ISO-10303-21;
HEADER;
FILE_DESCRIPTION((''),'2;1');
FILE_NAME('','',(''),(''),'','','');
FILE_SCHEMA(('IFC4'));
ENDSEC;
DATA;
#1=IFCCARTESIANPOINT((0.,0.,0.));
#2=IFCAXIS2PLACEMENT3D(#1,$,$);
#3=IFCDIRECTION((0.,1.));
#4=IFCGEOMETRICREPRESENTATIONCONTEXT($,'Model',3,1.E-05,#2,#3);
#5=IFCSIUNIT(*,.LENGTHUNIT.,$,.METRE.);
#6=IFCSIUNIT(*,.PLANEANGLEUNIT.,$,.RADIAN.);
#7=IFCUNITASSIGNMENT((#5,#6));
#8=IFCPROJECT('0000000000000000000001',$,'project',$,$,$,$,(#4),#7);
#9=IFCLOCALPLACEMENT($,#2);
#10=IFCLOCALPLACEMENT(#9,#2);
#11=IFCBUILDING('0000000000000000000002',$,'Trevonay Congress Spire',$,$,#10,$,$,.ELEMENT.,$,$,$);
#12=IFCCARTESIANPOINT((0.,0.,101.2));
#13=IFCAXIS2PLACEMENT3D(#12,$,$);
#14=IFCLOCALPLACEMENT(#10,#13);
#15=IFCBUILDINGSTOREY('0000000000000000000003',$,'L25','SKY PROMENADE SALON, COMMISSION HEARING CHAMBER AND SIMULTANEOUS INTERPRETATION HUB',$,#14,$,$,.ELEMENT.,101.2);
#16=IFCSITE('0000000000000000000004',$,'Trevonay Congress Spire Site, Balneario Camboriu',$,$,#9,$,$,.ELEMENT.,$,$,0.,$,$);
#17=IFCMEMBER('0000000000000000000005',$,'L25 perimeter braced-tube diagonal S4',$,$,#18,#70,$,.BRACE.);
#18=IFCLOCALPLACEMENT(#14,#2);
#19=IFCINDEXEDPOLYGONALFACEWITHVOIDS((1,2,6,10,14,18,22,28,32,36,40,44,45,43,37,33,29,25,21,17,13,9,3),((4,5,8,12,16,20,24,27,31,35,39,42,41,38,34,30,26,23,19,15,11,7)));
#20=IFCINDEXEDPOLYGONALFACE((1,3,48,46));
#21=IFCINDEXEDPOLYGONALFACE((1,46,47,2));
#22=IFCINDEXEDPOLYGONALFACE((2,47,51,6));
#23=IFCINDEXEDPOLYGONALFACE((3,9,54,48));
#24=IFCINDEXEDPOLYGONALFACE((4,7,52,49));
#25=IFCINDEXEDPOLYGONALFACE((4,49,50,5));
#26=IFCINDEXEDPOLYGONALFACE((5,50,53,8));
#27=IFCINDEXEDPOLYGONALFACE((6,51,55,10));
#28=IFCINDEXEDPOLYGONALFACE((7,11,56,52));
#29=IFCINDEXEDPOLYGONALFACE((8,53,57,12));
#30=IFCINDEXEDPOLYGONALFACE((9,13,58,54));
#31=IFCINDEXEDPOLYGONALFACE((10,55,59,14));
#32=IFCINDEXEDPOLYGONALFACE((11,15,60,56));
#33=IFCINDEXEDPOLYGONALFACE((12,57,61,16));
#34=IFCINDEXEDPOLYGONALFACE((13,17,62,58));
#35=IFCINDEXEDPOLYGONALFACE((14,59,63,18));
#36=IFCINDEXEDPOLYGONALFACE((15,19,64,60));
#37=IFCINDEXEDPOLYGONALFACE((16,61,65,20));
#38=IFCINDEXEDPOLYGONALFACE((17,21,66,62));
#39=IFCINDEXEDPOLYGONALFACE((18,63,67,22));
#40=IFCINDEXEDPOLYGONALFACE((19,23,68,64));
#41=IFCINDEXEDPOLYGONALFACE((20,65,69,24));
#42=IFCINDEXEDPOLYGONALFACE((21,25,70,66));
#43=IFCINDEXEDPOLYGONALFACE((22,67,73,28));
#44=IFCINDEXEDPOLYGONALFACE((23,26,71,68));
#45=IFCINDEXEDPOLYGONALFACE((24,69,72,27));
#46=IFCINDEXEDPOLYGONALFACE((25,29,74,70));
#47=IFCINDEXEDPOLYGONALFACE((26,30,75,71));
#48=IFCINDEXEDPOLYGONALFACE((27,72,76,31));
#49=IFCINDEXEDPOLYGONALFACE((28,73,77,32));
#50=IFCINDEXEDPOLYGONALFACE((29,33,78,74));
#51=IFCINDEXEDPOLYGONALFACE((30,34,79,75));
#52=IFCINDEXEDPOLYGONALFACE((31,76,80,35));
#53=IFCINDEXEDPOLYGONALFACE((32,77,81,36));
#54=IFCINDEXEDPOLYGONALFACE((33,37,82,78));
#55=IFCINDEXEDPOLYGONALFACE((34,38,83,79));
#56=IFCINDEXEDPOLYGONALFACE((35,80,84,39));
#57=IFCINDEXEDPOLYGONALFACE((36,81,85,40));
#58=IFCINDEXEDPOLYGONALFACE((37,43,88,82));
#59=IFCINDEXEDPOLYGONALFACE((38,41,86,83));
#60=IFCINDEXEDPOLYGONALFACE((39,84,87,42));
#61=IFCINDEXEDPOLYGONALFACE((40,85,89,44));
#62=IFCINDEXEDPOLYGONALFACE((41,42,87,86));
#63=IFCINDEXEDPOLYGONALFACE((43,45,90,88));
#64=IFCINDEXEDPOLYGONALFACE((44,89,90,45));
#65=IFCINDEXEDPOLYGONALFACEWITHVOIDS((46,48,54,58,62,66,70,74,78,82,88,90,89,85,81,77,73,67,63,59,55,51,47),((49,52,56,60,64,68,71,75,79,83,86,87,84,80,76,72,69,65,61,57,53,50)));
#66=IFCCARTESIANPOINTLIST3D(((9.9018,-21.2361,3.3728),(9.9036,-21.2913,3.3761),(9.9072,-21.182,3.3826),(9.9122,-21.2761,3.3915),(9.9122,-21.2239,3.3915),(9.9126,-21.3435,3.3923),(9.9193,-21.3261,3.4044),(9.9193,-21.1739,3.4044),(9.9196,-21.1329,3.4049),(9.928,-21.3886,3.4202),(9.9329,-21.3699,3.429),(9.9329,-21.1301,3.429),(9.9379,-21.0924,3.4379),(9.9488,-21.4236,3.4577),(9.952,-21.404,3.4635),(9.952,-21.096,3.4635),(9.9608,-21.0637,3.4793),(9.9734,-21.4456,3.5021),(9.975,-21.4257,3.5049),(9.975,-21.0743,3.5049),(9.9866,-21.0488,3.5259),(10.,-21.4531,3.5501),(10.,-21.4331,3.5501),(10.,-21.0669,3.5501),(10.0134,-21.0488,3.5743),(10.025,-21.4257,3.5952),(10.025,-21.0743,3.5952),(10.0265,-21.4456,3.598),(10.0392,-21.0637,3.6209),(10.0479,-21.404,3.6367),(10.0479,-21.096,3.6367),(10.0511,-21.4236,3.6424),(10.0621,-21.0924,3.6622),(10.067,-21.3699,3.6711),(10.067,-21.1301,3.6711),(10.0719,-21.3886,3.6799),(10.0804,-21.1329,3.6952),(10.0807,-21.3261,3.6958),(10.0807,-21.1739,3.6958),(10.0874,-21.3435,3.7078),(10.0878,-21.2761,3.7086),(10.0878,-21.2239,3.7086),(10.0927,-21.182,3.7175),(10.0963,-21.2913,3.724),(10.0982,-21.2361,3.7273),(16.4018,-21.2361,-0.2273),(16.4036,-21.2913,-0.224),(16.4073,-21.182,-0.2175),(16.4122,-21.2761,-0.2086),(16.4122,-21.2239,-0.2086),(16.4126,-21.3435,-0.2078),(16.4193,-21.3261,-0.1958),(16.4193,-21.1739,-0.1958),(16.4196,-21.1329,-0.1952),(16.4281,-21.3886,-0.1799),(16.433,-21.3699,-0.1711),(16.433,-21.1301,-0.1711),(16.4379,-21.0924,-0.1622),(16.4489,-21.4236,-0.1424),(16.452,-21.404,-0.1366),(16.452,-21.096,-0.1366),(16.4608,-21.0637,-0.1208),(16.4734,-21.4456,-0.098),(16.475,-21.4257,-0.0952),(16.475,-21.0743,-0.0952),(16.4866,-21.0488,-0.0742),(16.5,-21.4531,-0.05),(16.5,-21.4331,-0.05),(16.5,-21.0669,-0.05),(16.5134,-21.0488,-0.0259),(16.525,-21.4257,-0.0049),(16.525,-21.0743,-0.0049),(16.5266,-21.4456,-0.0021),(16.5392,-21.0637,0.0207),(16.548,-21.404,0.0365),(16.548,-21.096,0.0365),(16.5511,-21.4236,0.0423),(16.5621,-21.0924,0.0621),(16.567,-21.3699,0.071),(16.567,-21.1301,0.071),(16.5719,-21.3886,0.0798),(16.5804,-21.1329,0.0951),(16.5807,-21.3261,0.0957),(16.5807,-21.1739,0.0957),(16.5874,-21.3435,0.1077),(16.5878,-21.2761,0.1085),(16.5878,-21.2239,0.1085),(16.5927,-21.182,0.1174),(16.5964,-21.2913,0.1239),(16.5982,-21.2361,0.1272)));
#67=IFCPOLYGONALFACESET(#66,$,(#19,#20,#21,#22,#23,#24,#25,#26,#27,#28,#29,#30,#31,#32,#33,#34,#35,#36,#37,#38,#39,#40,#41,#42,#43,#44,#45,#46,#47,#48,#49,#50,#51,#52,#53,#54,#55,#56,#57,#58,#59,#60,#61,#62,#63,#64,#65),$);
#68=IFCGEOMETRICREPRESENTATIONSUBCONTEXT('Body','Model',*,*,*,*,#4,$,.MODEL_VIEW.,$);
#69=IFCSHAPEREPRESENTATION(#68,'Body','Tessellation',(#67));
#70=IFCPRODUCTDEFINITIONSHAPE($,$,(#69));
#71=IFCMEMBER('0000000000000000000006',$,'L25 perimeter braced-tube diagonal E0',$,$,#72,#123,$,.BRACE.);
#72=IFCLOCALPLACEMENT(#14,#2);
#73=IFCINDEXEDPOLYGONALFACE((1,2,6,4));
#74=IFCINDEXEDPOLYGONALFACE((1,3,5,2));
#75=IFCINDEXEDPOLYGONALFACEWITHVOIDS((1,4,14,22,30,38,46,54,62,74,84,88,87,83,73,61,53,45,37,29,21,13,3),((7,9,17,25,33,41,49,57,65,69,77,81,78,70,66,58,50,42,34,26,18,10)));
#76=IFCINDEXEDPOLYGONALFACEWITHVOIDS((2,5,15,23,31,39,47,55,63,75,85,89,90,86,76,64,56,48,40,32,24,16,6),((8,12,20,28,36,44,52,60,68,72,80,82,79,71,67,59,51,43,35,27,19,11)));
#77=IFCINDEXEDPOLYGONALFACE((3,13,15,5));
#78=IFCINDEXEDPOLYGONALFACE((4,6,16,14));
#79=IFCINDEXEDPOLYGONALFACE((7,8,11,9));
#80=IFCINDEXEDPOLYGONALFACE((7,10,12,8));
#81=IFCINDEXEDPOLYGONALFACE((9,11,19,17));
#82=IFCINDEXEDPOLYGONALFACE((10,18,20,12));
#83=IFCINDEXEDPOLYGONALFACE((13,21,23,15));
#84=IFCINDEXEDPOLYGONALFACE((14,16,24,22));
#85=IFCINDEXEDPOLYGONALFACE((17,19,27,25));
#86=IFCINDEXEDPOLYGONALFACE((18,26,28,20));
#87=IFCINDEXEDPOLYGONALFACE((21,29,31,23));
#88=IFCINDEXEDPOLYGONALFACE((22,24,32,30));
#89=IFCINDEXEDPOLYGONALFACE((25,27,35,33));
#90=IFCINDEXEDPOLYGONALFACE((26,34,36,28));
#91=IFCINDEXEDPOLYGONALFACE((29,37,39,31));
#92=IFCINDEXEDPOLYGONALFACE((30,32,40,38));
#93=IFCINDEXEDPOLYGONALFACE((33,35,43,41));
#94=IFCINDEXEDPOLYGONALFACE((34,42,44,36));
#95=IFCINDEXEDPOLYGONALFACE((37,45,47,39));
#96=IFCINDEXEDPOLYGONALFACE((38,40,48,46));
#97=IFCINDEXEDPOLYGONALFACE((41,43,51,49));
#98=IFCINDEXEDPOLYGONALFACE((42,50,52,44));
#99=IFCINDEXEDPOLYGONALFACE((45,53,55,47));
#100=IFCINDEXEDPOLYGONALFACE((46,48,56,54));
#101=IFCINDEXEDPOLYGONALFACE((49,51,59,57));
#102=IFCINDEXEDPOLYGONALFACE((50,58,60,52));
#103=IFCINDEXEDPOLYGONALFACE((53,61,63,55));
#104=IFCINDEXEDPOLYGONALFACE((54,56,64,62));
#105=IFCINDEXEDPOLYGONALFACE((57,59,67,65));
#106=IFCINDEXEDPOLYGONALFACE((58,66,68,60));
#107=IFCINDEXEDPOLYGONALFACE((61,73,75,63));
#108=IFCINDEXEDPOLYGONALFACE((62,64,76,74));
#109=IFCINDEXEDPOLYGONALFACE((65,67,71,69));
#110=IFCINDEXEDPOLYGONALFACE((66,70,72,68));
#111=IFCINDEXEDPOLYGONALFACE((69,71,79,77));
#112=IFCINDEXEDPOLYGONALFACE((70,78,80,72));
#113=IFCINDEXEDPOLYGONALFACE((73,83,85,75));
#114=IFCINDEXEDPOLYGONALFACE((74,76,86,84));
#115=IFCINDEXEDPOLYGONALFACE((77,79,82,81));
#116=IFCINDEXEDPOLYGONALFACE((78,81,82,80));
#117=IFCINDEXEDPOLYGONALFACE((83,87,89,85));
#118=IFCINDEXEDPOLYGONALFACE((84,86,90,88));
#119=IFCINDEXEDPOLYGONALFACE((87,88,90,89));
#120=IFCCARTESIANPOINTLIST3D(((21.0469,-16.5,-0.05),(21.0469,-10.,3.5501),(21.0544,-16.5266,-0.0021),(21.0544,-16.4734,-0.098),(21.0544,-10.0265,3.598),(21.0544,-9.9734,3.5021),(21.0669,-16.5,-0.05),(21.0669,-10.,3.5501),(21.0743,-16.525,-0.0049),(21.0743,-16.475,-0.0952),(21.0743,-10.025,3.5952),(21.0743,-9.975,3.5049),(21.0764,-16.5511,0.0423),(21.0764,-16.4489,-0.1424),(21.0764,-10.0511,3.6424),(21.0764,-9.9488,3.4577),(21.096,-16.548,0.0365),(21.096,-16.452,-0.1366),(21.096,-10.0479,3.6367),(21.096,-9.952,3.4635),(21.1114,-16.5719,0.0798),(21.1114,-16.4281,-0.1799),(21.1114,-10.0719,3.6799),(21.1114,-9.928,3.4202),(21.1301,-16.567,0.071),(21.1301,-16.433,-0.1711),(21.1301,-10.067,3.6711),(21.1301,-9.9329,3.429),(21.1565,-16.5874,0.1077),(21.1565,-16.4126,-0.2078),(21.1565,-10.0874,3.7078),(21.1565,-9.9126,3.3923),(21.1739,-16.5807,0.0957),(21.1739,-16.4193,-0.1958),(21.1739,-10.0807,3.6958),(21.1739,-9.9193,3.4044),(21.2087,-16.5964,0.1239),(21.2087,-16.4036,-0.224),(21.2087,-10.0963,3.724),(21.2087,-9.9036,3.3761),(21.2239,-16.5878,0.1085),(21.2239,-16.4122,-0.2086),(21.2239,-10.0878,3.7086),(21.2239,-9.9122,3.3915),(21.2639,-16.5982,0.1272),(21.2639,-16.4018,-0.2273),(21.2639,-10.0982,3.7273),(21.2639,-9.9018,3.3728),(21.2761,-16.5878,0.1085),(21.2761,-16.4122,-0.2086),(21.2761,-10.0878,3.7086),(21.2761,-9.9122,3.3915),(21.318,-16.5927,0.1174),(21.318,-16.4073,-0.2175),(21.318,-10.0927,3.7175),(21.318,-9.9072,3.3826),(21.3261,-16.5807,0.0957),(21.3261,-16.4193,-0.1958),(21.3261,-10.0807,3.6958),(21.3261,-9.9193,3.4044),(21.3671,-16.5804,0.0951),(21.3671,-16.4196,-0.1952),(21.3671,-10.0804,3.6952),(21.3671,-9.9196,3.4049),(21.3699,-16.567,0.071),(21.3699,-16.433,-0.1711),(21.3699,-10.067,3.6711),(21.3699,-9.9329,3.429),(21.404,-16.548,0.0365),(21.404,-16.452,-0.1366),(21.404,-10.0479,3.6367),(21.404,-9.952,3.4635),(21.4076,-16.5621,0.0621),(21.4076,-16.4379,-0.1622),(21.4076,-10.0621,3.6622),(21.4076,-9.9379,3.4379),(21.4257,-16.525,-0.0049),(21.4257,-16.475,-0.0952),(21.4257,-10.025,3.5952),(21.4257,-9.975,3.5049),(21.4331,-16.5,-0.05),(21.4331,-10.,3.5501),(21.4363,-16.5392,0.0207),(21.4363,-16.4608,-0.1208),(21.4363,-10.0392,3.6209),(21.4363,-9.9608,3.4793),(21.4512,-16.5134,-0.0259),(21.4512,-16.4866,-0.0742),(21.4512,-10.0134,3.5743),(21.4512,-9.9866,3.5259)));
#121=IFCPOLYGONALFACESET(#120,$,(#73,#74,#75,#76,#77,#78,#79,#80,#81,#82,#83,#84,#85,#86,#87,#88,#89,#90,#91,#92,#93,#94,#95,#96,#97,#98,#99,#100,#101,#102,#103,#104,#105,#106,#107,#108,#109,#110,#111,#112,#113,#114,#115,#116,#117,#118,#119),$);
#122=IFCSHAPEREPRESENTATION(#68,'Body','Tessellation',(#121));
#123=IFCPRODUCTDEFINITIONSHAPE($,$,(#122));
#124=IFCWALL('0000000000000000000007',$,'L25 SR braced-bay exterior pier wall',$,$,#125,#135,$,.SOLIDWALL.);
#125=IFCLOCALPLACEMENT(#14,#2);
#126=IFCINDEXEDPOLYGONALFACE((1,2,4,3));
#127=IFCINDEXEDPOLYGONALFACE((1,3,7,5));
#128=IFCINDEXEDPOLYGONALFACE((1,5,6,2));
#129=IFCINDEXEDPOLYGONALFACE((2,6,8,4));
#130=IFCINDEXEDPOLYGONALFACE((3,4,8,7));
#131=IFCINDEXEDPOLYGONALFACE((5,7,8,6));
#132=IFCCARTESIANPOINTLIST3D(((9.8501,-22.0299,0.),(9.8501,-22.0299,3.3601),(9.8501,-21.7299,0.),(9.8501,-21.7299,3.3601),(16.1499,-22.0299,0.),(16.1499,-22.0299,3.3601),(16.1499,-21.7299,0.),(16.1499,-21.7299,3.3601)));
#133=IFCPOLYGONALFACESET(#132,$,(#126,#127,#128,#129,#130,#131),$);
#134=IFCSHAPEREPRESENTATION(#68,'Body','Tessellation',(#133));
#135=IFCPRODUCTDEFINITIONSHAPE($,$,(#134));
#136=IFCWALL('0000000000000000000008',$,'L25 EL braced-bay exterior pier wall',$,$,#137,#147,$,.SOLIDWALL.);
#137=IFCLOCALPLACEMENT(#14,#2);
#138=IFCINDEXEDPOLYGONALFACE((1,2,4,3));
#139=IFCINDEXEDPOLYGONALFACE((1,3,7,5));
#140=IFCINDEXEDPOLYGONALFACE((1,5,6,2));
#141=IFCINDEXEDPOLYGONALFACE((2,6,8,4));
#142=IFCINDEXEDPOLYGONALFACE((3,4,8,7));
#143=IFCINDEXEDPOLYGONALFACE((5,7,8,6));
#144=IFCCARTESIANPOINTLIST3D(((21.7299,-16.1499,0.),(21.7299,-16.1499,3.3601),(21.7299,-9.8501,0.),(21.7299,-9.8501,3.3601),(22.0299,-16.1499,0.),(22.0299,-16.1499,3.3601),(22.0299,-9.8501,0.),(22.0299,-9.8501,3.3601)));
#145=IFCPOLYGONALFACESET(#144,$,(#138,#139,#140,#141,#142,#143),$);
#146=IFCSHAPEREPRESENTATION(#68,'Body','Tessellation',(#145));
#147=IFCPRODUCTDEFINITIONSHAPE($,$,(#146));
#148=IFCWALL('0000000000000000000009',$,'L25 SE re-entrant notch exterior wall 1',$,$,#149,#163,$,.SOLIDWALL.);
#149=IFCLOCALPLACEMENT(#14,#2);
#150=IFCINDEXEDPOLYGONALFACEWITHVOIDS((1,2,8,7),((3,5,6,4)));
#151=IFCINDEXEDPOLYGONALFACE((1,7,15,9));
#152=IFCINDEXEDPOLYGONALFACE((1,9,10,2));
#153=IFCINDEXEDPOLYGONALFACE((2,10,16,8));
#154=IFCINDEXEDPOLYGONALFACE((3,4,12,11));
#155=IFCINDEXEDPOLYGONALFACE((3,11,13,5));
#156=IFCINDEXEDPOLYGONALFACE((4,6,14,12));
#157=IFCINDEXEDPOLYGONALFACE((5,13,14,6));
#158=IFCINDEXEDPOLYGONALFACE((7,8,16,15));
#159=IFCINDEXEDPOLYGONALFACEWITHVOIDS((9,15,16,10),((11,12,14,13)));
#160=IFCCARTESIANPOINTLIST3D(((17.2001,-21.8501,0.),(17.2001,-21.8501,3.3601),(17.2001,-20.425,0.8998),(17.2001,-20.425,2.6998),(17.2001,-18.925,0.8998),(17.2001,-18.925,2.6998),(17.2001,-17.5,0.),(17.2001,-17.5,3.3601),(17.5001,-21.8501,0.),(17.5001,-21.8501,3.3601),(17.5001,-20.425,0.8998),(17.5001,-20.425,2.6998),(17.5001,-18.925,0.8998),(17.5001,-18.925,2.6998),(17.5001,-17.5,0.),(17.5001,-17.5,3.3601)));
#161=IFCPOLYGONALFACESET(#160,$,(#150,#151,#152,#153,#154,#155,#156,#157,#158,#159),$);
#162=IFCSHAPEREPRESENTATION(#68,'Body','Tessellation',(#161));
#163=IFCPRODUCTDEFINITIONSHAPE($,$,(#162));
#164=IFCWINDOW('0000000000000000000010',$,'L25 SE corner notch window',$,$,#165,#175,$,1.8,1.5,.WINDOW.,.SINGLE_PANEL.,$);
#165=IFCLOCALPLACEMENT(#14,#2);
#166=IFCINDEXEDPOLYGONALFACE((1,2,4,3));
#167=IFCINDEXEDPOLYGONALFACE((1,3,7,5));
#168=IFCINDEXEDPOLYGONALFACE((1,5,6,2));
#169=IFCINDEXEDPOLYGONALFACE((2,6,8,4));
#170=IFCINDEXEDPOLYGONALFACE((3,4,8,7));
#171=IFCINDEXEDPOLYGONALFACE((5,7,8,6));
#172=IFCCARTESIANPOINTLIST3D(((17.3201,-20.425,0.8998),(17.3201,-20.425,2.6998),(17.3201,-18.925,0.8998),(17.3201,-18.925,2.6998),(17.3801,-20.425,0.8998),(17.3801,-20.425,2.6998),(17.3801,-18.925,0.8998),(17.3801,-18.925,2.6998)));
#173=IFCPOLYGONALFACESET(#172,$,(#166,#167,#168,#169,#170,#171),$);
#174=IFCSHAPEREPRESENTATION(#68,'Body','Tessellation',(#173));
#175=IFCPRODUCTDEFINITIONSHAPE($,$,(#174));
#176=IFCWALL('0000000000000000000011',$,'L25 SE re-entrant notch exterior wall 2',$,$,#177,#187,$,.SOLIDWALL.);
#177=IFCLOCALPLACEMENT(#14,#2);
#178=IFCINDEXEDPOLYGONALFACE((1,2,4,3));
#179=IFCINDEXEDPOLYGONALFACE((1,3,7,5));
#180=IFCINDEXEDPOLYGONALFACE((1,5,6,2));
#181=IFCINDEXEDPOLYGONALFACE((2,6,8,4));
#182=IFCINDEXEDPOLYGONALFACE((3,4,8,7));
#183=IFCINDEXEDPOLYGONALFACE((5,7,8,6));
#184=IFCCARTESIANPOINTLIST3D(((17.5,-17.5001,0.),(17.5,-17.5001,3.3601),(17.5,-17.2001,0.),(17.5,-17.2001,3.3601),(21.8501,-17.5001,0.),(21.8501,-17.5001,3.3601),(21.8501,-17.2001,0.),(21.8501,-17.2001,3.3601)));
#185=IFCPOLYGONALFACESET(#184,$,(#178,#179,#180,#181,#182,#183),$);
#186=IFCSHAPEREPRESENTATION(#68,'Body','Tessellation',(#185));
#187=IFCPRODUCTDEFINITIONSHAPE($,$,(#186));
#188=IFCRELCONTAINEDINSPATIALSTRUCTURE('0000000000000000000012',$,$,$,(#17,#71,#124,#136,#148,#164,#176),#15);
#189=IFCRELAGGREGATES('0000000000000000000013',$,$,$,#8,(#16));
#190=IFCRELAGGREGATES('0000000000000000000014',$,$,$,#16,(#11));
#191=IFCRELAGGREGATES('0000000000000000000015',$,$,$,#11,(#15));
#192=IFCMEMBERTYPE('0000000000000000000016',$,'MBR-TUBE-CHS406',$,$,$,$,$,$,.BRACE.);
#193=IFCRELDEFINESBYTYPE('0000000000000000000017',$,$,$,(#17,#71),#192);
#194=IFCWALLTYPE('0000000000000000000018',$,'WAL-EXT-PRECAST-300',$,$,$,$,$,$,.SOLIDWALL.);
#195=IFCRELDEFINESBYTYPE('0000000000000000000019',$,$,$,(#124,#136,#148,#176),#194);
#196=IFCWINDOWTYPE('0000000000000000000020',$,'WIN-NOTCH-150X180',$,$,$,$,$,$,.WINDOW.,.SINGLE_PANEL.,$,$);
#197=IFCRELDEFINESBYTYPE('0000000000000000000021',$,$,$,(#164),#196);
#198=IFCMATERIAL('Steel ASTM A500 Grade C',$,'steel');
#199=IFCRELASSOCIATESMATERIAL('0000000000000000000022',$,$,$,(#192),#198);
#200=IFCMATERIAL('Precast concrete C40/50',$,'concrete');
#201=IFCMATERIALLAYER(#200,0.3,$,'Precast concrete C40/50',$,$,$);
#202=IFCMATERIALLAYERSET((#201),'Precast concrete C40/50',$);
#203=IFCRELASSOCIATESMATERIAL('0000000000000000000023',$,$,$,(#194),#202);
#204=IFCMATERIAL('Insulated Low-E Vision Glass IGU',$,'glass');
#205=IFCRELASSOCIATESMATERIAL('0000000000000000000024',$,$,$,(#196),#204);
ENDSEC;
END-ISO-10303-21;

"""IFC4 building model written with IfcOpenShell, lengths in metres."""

from ifc_helpers import new_model, si_unit, direction, frame, frame_2d, origin, origin_2d, place, context, subcontext, project, spatial, rectangle, hollow_circle, extrude, material, layer, layer_set, material_profile, profile_set, type_object, element, fill, save


model = new_model("IFC4")

# Units and contexts
model_context = context("Model", 3, precision=1e-05, world=origin(), true_north=direction((0.0, 1.0)))
body_context = subcontext(model_context, "Body", "Model", "MODEL_VIEW")
ifc_project = project(units=[si_unit("LENGTHUNIT", "METRE"), si_unit("PLANEANGLEUNIT", "RADIAN")], contexts=[model_context])

# Site, building, storey
site_placement = place(None, origin())
site = spatial("IfcSite", under=ifc_project, at=site_placement, Name="Trevonay Congress Spire Site, Balneario Camboriu", CompositionType="ELEMENT", RefElevation=0.0)
building_placement = place(site_placement, origin())
building = spatial("IfcBuilding", under=site, at=building_placement, Name="Trevonay Congress Spire", CompositionType="ELEMENT")
storey_placement = place(building_placement, frame((0.0, 0.0, 101.2)))
storey = spatial("IfcBuildingStorey", under=building, at=storey_placement, Name="L25", Description="SKY PROMENADE SALON, COMMISSION HEARING CHAMBER AND SIMULTANEOUS INTERPRETATION HUB", CompositionType="ELEMENT", Elevation=101.2)

# Members
ifc_material_1 = material(Name="Steel ASTM A500 Grade C", Category="steel")
ifc_material_profile_1 = material_profile(ifc_material_1, hollow_circle(Radius=0.2031, WallThickness=0.02, at=origin_2d()), Name="CHS 406.4x20")
ifc_profile_set_1 = profile_set([ifc_material_profile_1], Name="Steel ASTM A500 Grade C")
member_type_1 = type_object("IfcMemberType", Name="MBR-TUBE-CHS406", PredefinedType="BRACE", material=ifc_profile_set_1)
for number, where, z_axis, x_axis, name in (
    (1, (16.5, -21.25, -0.05), (-0.874786, 0.0, 0.48451), (0.0, -1.0, 0.0), "L25 perimeter braced-tube diagonal S4"),
    (2, (21.25, -16.5, -0.05), (0.0, 0.874786, 0.48451), (-1.0, 0.0, 0.0), "L25 perimeter braced-tube diagonal E0"),
):
    element("IfcMember", number, at=place(storey_placement, frame(where, z_axis=z_axis, x_axis=x_axis)), inside=storey, type_object=member_type_1, Name=name, PredefinedType="BRACE", context=body_context, shape_type="SweptSolid", body=[
        extrude(hollow_circle(Radius=0.2031, WallThickness=0.02, at=origin_2d()), origin(), (0.0, 0.0, 1.0), 7.4304),
    ])

# Walls
ifc_material_2 = material(Name="Precast concrete C40/50", Category="concrete")
ifc_layer_1 = layer(ifc_material_2, 0.3, Name="Precast concrete C40/50")
ifc_layer_set_1 = layer_set([ifc_layer_1], Name="Precast concrete C40/50")
wall_type_1 = type_object("IfcWallType", Name="WAL-EXT-PRECAST-300", PredefinedType="SOLIDWALL", material=ifc_layer_set_1)
for number, where, z_axis, x_axis, name in (
    (3, (9.8501, -21.8799, 0.0), (0.0, 0.0, 1.0), (1.0, 0.0, 0.0), "L25 SR braced-bay exterior pier wall"),
    (4, (21.8799, -16.1499, 0.0), (0.0, 0.0, 1.0), (0.0, 1.0, 0.0), "L25 EL braced-bay exterior pier wall"),
):
    element("IfcWall", number, at=place(storey_placement, frame(where, z_axis=z_axis, x_axis=x_axis)), inside=storey, type_object=wall_type_1, Name=name, PredefinedType="SOLIDWALL", context=body_context, shape_type="SweptSolid", body=[
        extrude(rectangle(XDim=6.2998, YDim=0.3, at=frame_2d((3.1499, 0.0))), origin(), (0.0, 0.0, 1.0), 3.3601),
    ])

# Wall, opening, window
wall_1_placement = place(storey_placement, frame((17.3501, -21.8501, 0.0), z_axis=(0.0, 0.0, 1.0), x_axis=(0.0, 1.0, 0.0)))
wall_1 = element("IfcWall", 5, at=wall_1_placement, inside=storey, type_object=wall_type_1, Name="L25 SE re-entrant notch exterior wall 1", PredefinedType="SOLIDWALL", context=body_context, shape_type="SweptSolid", body=[
    extrude(rectangle(XDim=4.3501, YDim=0.3, at=frame_2d((2.175, 0.0))), origin(), (0.0, 0.0, 1.0), 3.3601),
])
opening_placement = place(wall_1_placement, frame((1.425, 0.0, 0.8999)))
opening = element("IfcOpeningElement", 6, at=opening_placement, cuts=wall_1, PredefinedType="OPENING", context=body_context, shape_type="SweptSolid", body=[
    extrude(rectangle(XDim=1.5, YDim=1.8, at=frame_2d((0.75, 0.8999))), frame((0.0, 0.1602, 0.0), z_axis=(0.0, -1.0, 0.0), x_axis=(1.0, 0.0, 0.0)), (0.0, 0.0, 1.0), 0.3201),
])
ifc_material_3 = material(Name="Insulated Low-E Vision Glass IGU", Category="glass")
window_type = type_object("IfcWindowType", Name="WIN-NOTCH-150X180", PartitioningType="SINGLE_PANEL", PredefinedType="WINDOW", material=ifc_material_3)
window_placement = place(opening_placement, origin())
window = element("IfcWindow", 7, at=window_placement, inside=storey, type_object=window_type, Name="L25 SE corner notch window", OverallHeight=1.8, OverallWidth=1.5, PartitioningType="SINGLE_PANEL", PredefinedType="WINDOW", context=body_context, shape_type="SweptSolid", body=[
    extrude(rectangle(XDim=1.5, YDim=1.8, at=frame_2d((0.75, 0.8999))), frame((0.0, 0.03, 0.0), z_axis=(0.0, -1.0, 0.0), x_axis=(1.0, 0.0, 0.0)), (0.0, 0.0, 1.0), 0.0601),
])
fill(opening, window)

# Wall
wall_2_placement = place(storey_placement, frame((21.8501, -17.3501, 0.0), z_axis=(0.0, 0.0, 1.0), x_axis=(-1.0, 0.0, 0.0)))
element("IfcWall", 8, at=wall_2_placement, inside=storey, type_object=wall_type_1, Name="L25 SE re-entrant notch exterior wall 2", PredefinedType="SOLIDWALL", context=body_context, shape_type="SweptSolid", body=[
    extrude(rectangle(XDim=4.3501, YDim=0.3, at=frame_2d((2.175, 0.0))), origin(), (0.0, 0.0, 1.0), 3.3601),
])

save(model, "model.ifc")
